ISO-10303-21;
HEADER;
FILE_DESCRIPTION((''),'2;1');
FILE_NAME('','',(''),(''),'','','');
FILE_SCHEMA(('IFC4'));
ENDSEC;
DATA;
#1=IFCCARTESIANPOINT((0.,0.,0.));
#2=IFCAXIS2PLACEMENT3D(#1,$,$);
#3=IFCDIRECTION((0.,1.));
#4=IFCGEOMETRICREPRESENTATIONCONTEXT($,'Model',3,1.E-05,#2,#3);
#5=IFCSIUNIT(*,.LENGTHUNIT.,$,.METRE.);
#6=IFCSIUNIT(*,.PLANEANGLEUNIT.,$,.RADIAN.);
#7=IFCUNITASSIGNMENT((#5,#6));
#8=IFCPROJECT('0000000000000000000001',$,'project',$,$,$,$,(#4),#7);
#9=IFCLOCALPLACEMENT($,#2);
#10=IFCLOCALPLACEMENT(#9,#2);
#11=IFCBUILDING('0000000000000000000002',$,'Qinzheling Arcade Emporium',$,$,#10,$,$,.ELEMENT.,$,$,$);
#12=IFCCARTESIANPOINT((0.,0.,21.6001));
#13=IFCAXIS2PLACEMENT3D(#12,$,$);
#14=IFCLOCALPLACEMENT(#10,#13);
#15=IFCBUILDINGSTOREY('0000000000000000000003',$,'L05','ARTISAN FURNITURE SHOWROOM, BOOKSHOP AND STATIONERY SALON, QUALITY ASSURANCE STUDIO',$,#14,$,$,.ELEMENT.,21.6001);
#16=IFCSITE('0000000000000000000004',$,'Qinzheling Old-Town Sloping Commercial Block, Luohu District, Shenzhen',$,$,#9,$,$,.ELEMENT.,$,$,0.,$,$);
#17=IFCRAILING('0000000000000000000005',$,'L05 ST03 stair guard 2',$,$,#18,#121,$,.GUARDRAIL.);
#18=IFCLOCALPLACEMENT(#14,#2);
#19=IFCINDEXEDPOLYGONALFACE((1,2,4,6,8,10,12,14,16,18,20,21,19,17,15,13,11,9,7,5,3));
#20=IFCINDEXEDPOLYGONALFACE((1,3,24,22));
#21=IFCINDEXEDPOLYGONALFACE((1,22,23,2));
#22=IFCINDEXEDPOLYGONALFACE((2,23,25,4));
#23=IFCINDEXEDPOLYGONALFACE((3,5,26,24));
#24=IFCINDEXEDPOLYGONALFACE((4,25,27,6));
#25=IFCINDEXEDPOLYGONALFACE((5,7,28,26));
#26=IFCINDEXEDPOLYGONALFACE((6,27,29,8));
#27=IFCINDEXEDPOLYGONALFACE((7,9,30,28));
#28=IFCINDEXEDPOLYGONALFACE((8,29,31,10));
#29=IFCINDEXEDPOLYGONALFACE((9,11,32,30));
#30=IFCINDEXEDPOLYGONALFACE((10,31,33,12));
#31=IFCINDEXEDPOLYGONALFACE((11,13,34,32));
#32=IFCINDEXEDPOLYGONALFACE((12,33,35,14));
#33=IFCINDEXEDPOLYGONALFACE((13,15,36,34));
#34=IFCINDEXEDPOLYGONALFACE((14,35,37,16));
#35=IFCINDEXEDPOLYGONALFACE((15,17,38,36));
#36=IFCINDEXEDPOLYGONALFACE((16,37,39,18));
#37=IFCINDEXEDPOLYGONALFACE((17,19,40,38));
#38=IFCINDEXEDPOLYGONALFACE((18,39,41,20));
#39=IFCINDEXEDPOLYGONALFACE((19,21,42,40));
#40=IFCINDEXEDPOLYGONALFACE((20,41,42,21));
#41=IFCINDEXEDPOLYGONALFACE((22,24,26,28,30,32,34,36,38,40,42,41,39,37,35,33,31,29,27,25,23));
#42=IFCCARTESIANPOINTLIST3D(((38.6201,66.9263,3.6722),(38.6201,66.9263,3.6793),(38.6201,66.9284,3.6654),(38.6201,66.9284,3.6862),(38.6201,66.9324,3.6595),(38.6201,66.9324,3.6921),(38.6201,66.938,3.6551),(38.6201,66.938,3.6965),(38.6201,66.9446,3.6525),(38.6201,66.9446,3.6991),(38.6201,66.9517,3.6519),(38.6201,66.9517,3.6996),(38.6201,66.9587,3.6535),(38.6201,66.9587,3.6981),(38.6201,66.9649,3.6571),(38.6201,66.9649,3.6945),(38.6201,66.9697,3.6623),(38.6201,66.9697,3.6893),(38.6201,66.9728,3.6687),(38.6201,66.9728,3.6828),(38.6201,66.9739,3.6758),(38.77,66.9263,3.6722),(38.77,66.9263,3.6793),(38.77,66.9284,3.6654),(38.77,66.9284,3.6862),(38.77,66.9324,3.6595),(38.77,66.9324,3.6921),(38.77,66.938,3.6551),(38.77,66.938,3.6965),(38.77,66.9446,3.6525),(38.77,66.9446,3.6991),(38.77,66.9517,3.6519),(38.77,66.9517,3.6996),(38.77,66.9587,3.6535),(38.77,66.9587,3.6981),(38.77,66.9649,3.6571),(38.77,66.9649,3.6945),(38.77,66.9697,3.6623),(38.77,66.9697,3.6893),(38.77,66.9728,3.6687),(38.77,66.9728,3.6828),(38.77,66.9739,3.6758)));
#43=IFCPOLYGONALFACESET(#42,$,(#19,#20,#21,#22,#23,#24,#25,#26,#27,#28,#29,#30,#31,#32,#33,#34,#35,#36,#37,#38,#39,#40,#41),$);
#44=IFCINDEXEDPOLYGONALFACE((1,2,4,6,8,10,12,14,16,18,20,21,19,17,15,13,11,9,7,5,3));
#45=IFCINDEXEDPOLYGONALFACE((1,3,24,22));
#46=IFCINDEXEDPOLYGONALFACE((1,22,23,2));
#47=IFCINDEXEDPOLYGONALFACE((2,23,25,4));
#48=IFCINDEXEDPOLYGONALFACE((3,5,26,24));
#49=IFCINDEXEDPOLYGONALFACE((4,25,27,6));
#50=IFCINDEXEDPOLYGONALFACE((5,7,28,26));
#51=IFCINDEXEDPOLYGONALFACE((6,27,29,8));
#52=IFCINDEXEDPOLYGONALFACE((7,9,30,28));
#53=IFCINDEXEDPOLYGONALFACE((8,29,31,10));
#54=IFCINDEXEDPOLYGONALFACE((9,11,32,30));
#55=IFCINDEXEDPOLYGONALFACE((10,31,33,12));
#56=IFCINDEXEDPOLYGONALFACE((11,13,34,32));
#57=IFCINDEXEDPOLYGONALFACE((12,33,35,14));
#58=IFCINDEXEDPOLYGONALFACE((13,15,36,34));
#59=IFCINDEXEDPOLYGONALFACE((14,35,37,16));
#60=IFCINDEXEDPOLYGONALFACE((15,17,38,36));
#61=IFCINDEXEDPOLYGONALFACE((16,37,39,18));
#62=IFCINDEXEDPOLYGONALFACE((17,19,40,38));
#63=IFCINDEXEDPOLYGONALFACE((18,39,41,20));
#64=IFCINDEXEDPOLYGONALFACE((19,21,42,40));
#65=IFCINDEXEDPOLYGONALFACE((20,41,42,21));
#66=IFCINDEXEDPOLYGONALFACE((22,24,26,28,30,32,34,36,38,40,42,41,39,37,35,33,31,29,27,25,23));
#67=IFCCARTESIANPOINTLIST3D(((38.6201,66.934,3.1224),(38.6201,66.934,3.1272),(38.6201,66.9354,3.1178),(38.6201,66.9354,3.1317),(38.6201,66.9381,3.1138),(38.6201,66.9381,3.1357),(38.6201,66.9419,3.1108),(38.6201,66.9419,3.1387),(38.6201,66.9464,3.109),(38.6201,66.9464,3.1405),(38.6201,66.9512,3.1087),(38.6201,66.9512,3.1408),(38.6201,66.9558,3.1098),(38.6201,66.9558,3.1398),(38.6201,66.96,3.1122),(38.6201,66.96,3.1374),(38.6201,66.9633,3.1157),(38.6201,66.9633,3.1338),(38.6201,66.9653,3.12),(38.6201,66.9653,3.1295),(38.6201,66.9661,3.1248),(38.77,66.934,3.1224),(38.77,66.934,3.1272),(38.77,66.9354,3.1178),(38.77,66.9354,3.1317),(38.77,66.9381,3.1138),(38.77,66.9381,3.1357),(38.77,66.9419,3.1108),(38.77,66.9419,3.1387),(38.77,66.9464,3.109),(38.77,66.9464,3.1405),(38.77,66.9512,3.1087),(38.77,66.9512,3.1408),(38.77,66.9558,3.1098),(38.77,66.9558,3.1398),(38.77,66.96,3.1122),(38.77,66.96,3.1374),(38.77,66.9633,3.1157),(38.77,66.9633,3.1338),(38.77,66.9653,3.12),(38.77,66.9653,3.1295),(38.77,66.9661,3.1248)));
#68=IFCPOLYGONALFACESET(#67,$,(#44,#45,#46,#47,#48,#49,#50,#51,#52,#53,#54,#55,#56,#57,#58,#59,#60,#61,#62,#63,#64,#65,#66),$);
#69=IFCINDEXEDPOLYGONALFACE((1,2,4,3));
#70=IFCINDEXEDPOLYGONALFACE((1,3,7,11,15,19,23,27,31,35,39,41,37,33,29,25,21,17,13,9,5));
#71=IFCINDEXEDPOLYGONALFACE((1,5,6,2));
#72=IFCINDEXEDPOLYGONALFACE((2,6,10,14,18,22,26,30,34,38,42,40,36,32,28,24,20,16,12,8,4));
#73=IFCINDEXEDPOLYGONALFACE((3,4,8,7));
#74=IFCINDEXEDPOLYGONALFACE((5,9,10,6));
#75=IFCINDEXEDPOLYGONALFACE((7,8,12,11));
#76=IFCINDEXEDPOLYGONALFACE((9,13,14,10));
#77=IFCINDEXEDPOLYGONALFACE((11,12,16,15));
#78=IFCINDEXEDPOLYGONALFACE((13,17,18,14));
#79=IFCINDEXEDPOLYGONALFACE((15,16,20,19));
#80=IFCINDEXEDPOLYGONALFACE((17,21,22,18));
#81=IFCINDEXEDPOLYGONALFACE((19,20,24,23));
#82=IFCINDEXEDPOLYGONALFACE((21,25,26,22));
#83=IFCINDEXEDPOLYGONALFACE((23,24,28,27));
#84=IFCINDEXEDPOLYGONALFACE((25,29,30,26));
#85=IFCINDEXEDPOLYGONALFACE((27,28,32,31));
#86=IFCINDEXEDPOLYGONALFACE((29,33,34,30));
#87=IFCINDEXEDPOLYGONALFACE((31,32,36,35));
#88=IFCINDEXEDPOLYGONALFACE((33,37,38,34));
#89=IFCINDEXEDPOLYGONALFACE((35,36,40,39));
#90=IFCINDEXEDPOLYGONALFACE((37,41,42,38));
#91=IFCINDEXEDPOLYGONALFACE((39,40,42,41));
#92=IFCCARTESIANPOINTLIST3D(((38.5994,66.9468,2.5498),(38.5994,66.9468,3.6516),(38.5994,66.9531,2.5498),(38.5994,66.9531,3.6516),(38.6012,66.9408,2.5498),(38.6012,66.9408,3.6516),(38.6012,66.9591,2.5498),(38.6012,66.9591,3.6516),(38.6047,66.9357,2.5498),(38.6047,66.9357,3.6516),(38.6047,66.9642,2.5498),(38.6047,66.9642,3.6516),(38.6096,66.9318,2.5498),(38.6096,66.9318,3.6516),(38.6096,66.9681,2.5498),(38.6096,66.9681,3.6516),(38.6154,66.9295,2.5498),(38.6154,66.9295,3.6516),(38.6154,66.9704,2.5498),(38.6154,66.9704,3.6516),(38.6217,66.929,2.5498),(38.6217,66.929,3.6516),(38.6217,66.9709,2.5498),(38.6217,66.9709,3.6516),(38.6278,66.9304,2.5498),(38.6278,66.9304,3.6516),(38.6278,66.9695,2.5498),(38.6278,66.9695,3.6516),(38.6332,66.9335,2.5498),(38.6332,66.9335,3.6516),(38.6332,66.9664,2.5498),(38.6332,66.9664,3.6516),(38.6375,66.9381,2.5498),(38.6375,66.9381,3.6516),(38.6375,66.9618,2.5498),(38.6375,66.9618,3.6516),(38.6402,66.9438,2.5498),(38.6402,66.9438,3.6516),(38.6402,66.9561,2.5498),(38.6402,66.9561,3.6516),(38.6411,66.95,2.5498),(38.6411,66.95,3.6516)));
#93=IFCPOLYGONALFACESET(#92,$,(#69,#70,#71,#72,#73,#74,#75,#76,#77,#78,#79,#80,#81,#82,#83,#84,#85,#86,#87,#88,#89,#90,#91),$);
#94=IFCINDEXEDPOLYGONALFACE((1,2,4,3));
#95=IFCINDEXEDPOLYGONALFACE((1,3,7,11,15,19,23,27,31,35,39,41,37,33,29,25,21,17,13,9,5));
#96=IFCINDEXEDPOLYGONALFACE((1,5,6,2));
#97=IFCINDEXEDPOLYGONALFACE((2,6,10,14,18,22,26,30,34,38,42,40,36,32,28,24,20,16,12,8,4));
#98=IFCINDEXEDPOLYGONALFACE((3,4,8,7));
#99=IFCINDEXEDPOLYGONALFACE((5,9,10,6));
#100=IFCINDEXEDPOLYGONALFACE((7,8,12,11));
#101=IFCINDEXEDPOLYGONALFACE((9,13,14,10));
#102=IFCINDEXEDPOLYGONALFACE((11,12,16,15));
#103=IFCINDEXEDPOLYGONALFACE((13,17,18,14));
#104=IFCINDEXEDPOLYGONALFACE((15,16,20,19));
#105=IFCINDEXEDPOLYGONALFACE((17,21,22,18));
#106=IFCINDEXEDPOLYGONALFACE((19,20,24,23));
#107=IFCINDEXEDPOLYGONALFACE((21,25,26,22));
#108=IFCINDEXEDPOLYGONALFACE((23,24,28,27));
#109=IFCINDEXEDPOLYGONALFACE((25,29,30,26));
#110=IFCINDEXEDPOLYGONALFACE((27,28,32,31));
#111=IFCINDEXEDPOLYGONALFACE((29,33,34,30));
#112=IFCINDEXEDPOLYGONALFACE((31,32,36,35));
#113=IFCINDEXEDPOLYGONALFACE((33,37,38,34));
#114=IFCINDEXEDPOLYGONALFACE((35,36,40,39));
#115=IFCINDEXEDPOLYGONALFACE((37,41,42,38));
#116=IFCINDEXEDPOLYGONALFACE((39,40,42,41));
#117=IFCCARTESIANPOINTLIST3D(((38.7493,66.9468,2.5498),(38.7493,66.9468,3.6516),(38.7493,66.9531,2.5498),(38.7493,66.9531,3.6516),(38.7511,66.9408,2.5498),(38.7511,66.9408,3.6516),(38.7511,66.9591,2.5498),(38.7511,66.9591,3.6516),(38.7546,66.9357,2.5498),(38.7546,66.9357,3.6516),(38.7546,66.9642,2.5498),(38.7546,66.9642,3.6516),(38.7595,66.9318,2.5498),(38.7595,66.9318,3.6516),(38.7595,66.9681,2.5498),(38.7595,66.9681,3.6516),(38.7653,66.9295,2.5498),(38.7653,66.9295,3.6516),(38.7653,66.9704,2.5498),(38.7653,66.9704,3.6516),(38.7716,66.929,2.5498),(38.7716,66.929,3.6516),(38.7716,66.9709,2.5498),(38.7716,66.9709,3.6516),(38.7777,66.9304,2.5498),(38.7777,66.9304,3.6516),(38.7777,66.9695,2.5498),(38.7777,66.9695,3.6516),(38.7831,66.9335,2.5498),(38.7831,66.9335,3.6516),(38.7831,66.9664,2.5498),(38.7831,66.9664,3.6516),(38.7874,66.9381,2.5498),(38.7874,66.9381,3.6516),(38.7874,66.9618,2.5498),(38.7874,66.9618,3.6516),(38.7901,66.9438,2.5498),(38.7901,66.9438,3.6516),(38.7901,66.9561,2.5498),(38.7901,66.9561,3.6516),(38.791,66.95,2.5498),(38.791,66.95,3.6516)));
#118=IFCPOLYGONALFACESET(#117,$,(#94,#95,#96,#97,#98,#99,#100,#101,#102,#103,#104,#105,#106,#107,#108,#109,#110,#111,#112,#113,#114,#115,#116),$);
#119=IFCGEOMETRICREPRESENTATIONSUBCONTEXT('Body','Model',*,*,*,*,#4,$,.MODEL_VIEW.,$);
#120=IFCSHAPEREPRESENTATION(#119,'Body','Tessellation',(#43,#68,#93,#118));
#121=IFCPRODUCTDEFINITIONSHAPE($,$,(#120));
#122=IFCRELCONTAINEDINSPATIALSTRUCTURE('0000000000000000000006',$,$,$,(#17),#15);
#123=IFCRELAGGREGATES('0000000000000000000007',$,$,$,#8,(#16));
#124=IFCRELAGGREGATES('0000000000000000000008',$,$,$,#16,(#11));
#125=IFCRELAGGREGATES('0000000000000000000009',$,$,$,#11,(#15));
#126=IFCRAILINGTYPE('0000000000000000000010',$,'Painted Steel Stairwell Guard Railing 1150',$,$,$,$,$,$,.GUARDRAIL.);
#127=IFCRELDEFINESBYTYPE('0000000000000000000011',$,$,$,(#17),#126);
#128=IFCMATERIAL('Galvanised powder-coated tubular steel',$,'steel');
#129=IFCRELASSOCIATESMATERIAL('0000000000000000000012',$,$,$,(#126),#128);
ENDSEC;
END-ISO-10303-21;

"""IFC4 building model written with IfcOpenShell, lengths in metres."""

from ifc_helpers import new_model, si_unit, direction, frame, origin, origin_2d, place, context, subcontext, project, spatial, circle, extrude, material, type_object, element, save


model = new_model("IFC4")

# Units and contexts
model_context = context("Model", 3, precision=1e-05, world=origin(), true_north=direction((0.0, 1.0)))
body_context = subcontext(model_context, "Body", "Model", "MODEL_VIEW")
ifc_project = project(units=[si_unit("LENGTHUNIT", "METRE"), si_unit("PLANEANGLEUNIT", "RADIAN")], contexts=[model_context])

# Site, building, storey
site_placement = place(None, origin())
site = spatial("IfcSite", under=ifc_project, at=site_placement, Name="Qinzheling Old-Town Sloping Commercial Block, Luohu District, Shenzhen", CompositionType="ELEMENT", RefElevation=0.0)
building_placement = place(site_placement, origin())
building = spatial("IfcBuilding", under=site, at=building_placement, Name="Qinzheling Arcade Emporium", CompositionType="ELEMENT")
storey_placement = place(building_placement, frame((0.0, 0.0, 21.6001)))
storey = spatial("IfcBuildingStorey", under=building, at=storey_placement, Name="L05", Description="ARTISAN FURNITURE SHOWROOM, BOOKSHOP AND STATIONERY SALON, QUALITY ASSURANCE STUDIO", CompositionType="ELEMENT", Elevation=21.6001)

# Railing
ifc_material_1 = material(Name="Galvanised powder-coated tubular steel", Category="steel")
railing_type_1 = type_object("IfcRailingType", Name="Painted Steel Stairwell Guard Railing 1150", PredefinedType="GUARDRAIL", material=ifc_material_1)
railing_1_placement = place(storey_placement, frame((38.6201, 66.95, 2.5498)))
element("IfcRailing", 1, at=railing_1_placement, inside=storey, type_object=railing_type_1, Name="L05 ST03 stair guard 2", PredefinedType="GUARDRAIL", context=body_context, shape_type="SweptSolid", body=[
    extrude(circle(Radius=0.0239, at=origin_2d()), frame((0.0, 0.0, 1.126), z_axis=(1.0, 0.0, 0.0), x_axis=(0.0, 1.0, 0.0)), (0.0, 0.0, 1.0), 0.1499),
    extrude(circle(Radius=0.0161, at=origin_2d()), frame((0.0, 0.0, 0.575), z_axis=(1.0, 0.0, 0.0), x_axis=(0.0, 1.0, 0.0)), (0.0, 0.0, 1.0), 0.1499),
    extrude(circle(Radius=0.021, at=origin_2d()), origin(), (0.0, 0.0, 1.0), 1.1018),
    extrude(circle(Radius=0.021, at=origin_2d()), frame((0.1499, 0.0, 0.0)), (0.0, 0.0, 1.0), 1.1018),
])

save(model, "model.ifc")
